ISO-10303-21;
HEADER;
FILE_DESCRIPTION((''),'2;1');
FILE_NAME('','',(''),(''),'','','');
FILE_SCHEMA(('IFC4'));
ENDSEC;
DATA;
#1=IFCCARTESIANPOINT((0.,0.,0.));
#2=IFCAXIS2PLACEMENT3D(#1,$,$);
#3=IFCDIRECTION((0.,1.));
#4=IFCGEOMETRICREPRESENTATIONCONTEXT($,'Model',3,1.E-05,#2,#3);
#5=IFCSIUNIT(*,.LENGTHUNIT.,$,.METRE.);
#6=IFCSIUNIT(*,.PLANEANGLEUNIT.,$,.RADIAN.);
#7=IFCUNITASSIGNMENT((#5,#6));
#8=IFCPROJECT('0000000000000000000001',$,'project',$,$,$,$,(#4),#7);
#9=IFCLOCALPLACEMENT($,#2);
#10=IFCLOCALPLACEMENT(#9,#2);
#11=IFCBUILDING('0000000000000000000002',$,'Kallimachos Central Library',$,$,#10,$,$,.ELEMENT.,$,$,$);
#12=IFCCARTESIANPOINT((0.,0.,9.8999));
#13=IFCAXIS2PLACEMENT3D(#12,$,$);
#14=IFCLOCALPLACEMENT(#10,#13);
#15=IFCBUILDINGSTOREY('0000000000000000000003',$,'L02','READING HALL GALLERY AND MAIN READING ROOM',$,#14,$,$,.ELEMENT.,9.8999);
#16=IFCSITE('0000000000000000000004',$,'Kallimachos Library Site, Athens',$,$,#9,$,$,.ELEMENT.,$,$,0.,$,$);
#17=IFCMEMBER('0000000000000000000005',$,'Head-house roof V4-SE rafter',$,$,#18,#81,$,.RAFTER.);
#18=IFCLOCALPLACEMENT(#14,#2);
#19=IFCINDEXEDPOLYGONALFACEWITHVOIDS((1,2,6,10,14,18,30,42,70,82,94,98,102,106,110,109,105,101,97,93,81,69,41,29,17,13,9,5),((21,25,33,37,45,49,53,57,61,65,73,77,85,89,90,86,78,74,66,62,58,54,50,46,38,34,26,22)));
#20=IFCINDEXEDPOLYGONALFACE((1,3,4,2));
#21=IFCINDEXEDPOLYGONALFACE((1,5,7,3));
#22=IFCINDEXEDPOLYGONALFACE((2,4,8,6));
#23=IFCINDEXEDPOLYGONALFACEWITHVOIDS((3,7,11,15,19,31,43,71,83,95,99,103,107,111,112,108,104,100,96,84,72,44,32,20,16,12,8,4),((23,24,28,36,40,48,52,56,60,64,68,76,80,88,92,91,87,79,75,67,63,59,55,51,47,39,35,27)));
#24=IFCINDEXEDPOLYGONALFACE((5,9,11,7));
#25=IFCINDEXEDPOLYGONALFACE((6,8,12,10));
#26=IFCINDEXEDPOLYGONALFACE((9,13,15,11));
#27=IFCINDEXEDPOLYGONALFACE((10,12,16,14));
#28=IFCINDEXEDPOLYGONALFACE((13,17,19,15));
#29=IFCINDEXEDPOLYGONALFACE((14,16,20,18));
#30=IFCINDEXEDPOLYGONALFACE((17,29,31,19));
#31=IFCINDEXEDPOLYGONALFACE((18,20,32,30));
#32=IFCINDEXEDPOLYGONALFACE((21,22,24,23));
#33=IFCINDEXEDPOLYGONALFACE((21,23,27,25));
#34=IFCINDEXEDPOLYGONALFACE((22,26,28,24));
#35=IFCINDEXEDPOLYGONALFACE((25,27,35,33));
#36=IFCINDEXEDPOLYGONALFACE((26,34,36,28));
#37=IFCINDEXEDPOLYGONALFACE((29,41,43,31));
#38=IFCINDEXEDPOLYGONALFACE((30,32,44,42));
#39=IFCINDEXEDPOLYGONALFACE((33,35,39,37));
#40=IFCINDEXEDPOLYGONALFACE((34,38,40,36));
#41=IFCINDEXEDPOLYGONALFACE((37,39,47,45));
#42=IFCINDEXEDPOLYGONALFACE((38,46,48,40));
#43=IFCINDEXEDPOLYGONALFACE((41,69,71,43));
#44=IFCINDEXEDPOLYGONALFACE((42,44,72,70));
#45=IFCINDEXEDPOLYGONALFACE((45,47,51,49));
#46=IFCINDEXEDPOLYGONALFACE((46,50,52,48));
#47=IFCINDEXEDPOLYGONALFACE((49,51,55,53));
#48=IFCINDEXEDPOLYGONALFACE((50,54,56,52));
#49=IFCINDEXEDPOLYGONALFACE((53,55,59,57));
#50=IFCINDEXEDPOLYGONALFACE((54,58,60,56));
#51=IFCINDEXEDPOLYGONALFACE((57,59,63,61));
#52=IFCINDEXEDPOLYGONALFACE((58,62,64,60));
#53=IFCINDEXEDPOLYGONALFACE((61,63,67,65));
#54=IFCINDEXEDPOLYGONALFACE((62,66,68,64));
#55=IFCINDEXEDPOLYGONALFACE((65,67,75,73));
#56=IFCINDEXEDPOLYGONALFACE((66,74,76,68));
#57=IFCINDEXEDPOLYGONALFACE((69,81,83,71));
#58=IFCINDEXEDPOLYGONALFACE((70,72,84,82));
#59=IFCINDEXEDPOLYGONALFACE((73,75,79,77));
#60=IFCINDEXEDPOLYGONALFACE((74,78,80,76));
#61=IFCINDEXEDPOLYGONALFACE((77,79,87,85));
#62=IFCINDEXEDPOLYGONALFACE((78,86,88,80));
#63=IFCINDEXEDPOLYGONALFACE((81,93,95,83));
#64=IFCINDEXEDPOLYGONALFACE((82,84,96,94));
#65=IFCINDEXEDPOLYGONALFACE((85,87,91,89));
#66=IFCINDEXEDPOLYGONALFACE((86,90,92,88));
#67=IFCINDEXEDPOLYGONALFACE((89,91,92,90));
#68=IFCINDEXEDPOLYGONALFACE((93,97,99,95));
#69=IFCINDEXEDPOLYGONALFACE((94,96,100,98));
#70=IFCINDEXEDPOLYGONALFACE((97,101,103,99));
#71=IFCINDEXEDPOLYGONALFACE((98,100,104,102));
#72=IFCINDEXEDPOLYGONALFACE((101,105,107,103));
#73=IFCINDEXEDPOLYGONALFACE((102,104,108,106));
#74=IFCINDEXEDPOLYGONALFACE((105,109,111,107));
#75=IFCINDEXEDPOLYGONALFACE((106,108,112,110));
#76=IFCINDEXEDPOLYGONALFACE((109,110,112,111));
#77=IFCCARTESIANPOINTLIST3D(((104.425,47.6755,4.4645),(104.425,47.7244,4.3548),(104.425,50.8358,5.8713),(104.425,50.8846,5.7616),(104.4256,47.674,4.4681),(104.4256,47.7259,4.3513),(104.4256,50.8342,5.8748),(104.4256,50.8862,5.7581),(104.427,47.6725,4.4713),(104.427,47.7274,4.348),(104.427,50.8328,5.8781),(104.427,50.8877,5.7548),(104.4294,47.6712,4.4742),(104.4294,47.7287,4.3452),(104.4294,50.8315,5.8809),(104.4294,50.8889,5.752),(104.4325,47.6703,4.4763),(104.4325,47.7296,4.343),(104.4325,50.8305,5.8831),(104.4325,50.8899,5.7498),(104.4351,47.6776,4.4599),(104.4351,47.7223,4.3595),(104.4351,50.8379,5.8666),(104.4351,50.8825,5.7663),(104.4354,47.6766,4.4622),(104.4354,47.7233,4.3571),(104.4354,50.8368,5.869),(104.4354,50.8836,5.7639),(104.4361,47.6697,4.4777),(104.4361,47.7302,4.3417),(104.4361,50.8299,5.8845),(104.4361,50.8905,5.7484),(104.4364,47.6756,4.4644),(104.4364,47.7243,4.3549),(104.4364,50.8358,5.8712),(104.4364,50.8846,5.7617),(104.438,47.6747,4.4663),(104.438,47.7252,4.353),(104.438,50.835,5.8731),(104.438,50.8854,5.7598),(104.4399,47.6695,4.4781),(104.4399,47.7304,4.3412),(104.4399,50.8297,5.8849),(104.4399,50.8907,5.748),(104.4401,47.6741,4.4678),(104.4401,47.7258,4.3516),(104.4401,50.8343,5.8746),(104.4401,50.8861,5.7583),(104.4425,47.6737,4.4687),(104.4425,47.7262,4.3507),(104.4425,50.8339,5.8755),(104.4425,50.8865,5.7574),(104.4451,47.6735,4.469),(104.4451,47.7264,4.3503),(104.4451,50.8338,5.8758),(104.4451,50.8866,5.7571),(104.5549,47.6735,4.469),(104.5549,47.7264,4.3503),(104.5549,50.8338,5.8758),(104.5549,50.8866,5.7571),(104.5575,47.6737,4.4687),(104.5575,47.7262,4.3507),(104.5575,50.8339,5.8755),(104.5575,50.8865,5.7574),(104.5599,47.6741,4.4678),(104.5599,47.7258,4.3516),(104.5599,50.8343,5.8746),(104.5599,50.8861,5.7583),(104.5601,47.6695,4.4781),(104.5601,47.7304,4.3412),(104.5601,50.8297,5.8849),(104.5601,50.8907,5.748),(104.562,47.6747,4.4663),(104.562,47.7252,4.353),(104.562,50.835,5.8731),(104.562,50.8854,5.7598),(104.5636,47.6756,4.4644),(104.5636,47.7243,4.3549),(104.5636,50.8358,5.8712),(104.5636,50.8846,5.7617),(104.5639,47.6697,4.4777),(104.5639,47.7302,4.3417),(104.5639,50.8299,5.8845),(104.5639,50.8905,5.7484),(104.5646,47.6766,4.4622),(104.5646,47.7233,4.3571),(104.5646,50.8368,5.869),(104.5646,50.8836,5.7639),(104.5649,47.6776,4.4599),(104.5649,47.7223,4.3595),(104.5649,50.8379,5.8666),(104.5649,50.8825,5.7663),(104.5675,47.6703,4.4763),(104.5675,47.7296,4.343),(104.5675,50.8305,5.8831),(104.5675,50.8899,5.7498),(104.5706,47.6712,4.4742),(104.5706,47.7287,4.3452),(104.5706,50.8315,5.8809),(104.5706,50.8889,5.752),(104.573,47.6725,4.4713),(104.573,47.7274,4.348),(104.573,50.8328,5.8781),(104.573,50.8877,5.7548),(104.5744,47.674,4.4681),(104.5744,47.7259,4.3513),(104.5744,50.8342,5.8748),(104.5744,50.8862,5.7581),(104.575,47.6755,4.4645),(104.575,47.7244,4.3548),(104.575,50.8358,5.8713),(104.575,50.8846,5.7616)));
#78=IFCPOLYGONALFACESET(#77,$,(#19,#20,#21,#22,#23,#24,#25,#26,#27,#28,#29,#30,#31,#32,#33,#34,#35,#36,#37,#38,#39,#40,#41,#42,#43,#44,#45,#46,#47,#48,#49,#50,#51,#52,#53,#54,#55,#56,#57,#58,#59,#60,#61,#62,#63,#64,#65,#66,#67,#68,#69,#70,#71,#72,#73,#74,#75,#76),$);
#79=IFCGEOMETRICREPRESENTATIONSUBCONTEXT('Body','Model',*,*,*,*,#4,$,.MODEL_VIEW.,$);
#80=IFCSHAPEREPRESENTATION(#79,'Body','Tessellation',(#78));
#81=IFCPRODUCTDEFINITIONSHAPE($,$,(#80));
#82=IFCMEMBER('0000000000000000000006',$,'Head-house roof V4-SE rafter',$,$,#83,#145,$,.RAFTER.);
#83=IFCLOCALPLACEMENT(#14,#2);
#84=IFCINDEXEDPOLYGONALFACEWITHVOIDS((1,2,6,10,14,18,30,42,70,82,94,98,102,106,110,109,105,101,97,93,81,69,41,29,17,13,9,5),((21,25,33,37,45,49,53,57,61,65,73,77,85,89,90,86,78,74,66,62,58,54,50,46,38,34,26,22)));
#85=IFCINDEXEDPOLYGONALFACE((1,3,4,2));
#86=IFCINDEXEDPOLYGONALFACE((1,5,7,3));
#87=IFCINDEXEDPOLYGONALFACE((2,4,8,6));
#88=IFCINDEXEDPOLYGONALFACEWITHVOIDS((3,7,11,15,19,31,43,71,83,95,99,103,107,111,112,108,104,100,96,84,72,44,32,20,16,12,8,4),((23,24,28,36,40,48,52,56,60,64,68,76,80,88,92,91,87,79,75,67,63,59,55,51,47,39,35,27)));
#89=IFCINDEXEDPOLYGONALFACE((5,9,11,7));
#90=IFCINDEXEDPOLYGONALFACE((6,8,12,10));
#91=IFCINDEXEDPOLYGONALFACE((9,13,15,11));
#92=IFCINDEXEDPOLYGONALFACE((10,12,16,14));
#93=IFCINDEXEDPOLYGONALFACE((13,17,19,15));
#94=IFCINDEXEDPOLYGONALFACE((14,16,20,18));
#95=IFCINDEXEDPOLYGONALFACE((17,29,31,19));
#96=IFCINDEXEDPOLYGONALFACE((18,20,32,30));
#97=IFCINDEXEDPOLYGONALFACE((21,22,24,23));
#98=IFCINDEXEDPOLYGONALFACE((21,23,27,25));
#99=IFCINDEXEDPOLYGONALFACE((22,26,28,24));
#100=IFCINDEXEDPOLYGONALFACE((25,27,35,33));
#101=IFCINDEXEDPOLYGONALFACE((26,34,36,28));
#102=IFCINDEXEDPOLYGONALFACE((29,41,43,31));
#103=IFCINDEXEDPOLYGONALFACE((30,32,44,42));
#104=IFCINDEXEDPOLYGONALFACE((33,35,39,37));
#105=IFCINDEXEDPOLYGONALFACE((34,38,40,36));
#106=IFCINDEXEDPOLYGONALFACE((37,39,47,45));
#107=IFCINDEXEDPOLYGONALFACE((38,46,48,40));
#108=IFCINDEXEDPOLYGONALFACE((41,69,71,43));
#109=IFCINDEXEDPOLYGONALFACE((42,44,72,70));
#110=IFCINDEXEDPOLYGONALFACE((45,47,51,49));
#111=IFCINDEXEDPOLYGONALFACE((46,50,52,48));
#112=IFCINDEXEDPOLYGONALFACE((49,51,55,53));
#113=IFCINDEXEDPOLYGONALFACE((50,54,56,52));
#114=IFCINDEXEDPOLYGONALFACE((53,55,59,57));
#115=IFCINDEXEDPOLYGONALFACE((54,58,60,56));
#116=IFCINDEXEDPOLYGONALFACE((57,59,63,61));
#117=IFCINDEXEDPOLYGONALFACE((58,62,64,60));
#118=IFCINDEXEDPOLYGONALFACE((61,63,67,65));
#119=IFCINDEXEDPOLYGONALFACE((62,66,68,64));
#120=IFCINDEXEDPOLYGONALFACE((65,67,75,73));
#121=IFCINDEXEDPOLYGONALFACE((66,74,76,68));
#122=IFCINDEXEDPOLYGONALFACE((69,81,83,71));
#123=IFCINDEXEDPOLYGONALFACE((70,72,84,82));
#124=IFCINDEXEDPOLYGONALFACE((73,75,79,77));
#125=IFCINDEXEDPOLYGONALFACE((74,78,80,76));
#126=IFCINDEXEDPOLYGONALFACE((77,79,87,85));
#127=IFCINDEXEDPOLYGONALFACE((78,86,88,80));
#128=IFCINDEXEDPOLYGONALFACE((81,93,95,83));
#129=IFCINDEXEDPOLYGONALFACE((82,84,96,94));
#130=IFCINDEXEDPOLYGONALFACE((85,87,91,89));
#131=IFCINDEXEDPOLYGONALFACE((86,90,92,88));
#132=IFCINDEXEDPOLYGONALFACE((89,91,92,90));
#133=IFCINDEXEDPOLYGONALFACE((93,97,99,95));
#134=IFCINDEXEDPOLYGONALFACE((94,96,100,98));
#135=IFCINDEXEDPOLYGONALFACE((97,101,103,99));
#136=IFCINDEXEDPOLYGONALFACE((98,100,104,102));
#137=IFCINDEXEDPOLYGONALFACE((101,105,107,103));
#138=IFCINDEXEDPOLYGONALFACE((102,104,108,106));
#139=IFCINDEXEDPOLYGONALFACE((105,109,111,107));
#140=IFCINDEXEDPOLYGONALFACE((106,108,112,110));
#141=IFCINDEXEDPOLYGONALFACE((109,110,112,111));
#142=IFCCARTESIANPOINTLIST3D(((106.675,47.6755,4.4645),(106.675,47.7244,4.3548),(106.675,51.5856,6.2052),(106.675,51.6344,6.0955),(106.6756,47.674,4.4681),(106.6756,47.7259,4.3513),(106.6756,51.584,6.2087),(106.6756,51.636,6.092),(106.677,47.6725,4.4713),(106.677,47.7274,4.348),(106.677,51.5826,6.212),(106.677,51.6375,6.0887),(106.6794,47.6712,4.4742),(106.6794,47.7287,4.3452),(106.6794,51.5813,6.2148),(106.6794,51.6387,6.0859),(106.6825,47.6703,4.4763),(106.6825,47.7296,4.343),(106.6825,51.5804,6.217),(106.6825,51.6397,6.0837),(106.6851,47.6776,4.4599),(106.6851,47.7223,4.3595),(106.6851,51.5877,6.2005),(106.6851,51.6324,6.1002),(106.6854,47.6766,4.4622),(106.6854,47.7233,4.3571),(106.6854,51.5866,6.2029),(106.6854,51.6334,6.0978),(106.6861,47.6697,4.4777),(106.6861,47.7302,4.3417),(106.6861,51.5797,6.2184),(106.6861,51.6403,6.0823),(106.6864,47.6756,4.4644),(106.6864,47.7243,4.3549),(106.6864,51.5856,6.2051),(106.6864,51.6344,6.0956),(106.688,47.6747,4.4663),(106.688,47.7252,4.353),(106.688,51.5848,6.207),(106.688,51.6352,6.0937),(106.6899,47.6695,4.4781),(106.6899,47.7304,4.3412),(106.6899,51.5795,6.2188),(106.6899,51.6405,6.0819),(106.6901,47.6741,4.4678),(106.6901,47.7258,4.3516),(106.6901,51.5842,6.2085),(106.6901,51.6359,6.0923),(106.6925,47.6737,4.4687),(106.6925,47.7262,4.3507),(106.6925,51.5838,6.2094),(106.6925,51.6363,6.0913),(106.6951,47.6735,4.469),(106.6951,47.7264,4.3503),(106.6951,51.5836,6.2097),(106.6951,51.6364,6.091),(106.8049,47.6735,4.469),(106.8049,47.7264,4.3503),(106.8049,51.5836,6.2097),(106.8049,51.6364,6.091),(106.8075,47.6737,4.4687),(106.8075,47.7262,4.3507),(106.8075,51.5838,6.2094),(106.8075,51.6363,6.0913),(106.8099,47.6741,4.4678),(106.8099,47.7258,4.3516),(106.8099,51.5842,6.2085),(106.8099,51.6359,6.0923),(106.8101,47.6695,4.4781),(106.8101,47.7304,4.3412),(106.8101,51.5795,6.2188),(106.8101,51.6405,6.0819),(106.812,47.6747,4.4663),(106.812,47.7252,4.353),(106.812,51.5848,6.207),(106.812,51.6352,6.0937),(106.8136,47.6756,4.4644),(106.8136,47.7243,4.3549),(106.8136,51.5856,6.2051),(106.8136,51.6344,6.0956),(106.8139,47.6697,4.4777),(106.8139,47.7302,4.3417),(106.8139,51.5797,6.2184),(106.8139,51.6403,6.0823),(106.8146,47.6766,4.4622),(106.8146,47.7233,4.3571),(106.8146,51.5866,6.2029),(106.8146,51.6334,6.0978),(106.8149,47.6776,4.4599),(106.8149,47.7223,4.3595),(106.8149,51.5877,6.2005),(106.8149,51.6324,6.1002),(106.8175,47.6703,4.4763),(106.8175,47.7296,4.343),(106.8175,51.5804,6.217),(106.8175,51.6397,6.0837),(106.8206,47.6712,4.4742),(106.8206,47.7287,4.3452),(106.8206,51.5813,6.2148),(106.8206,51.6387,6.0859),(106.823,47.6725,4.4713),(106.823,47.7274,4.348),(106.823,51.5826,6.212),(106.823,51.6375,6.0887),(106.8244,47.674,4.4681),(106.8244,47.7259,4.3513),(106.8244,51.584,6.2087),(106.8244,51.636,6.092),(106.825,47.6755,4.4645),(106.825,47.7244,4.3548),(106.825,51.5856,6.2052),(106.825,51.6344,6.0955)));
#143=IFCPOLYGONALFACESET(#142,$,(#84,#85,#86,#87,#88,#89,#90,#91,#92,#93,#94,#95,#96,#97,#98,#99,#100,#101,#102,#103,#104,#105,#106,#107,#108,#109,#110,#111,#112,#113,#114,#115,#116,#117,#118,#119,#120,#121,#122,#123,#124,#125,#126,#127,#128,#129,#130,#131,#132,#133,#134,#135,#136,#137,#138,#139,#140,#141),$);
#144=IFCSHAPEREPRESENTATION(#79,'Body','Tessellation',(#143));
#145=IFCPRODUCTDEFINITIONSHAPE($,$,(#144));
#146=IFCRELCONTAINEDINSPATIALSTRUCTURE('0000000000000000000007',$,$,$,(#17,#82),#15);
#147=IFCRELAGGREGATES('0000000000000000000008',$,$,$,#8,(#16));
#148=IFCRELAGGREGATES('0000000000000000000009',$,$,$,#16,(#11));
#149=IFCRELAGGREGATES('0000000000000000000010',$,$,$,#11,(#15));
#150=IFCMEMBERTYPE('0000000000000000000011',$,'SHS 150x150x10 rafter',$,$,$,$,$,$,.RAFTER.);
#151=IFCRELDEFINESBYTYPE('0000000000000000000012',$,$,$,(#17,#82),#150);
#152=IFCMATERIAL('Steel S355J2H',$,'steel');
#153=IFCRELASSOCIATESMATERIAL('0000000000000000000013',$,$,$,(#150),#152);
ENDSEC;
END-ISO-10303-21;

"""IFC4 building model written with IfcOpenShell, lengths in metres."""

from ifc_helpers import new_model, si_unit, direction, frame, origin, origin_2d, place, context, subcontext, project, spatial, hollow_rectangle, extrude, material, material_profile, profile_set, type_object, element, save


model = new_model("IFC4")

# Units and contexts
model_context = context("Model", 3, precision=1e-05, world=origin(), true_north=direction((0.0, 1.0)))
body_context = subcontext(model_context, "Body", "Model", "MODEL_VIEW")
ifc_project = project(units=[si_unit("LENGTHUNIT", "METRE"), si_unit("PLANEANGLEUNIT", "RADIAN")], contexts=[model_context])

# Site, building, storey
site_placement = place(None, origin())
site = spatial("IfcSite", under=ifc_project, at=site_placement, Name="Kallimachos Library Site, Athens", CompositionType="ELEMENT", RefElevation=0.0)
building_placement = place(site_placement, origin())
building = spatial("IfcBuilding", under=site, at=building_placement, Name="Kallimachos Central Library", CompositionType="ELEMENT")
storey_placement = place(building_placement, frame((0.0, 0.0, 9.8999)))
storey = spatial("IfcBuildingStorey", under=building, at=storey_placement, Name="L02", Description="READING HALL GALLERY AND MAIN READING ROOM", CompositionType="ELEMENT", Elevation=9.8999)

# Members
ifc_material_1 = material(Name="Steel S355J2H", Category="steel")
ifc_material_profile_1 = material_profile(ifc_material_1, hollow_rectangle(XDim=0.1499, YDim=0.1499, WallThickness=0.01, InnerFilletRadius=0.01, OuterFilletRadius=0.0149, at=origin_2d()), Name="SHS 150x150x10")
ifc_profile_set_1 = profile_set([ifc_material_profile_1], Name="Steel S355J2H")
member_type_1 = type_object("IfcMemberType", Name="SHS 150x150x10 rafter", PredefinedType="RAFTER", material=ifc_profile_set_1)
member_1_placement = place(storey_placement, frame((104.5, 47.7, 4.4097), z_axis=(0.0, 0.913573, 0.406675), x_axis=(-1.0, 0.0, 0.0)))
element("IfcMember", 1, at=member_1_placement, inside=storey, type_object=member_type_1, Name="Head-house roof V4-SE rafter", PredefinedType="RAFTER", context=body_context, shape_type="SweptSolid", body=[
    extrude(hollow_rectangle(XDim=0.1499, YDim=0.1499, WallThickness=0.01, InnerFilletRadius=0.01, OuterFilletRadius=0.0149, at=origin_2d()), origin(), (0.0, 0.0, 1.0), 3.4592),
])
member_2_placement = place(storey_placement, frame((106.75, 47.7, 4.4097), z_axis=(0.0, 0.913562, 0.406699), x_axis=(-1.0, 0.0, 0.0)))
element("IfcMember", 2, at=member_2_placement, inside=storey, type_object=member_type_1, Name="Head-house roof V4-SE rafter", PredefinedType="RAFTER", context=body_context, shape_type="SweptSolid", body=[
    extrude(hollow_rectangle(XDim=0.1499, YDim=0.1499, WallThickness=0.01, InnerFilletRadius=0.01, OuterFilletRadius=0.0149, at=origin_2d()), origin(), (0.0, 0.0, 1.0), 4.28),
])

save(model, "model.ifc")
